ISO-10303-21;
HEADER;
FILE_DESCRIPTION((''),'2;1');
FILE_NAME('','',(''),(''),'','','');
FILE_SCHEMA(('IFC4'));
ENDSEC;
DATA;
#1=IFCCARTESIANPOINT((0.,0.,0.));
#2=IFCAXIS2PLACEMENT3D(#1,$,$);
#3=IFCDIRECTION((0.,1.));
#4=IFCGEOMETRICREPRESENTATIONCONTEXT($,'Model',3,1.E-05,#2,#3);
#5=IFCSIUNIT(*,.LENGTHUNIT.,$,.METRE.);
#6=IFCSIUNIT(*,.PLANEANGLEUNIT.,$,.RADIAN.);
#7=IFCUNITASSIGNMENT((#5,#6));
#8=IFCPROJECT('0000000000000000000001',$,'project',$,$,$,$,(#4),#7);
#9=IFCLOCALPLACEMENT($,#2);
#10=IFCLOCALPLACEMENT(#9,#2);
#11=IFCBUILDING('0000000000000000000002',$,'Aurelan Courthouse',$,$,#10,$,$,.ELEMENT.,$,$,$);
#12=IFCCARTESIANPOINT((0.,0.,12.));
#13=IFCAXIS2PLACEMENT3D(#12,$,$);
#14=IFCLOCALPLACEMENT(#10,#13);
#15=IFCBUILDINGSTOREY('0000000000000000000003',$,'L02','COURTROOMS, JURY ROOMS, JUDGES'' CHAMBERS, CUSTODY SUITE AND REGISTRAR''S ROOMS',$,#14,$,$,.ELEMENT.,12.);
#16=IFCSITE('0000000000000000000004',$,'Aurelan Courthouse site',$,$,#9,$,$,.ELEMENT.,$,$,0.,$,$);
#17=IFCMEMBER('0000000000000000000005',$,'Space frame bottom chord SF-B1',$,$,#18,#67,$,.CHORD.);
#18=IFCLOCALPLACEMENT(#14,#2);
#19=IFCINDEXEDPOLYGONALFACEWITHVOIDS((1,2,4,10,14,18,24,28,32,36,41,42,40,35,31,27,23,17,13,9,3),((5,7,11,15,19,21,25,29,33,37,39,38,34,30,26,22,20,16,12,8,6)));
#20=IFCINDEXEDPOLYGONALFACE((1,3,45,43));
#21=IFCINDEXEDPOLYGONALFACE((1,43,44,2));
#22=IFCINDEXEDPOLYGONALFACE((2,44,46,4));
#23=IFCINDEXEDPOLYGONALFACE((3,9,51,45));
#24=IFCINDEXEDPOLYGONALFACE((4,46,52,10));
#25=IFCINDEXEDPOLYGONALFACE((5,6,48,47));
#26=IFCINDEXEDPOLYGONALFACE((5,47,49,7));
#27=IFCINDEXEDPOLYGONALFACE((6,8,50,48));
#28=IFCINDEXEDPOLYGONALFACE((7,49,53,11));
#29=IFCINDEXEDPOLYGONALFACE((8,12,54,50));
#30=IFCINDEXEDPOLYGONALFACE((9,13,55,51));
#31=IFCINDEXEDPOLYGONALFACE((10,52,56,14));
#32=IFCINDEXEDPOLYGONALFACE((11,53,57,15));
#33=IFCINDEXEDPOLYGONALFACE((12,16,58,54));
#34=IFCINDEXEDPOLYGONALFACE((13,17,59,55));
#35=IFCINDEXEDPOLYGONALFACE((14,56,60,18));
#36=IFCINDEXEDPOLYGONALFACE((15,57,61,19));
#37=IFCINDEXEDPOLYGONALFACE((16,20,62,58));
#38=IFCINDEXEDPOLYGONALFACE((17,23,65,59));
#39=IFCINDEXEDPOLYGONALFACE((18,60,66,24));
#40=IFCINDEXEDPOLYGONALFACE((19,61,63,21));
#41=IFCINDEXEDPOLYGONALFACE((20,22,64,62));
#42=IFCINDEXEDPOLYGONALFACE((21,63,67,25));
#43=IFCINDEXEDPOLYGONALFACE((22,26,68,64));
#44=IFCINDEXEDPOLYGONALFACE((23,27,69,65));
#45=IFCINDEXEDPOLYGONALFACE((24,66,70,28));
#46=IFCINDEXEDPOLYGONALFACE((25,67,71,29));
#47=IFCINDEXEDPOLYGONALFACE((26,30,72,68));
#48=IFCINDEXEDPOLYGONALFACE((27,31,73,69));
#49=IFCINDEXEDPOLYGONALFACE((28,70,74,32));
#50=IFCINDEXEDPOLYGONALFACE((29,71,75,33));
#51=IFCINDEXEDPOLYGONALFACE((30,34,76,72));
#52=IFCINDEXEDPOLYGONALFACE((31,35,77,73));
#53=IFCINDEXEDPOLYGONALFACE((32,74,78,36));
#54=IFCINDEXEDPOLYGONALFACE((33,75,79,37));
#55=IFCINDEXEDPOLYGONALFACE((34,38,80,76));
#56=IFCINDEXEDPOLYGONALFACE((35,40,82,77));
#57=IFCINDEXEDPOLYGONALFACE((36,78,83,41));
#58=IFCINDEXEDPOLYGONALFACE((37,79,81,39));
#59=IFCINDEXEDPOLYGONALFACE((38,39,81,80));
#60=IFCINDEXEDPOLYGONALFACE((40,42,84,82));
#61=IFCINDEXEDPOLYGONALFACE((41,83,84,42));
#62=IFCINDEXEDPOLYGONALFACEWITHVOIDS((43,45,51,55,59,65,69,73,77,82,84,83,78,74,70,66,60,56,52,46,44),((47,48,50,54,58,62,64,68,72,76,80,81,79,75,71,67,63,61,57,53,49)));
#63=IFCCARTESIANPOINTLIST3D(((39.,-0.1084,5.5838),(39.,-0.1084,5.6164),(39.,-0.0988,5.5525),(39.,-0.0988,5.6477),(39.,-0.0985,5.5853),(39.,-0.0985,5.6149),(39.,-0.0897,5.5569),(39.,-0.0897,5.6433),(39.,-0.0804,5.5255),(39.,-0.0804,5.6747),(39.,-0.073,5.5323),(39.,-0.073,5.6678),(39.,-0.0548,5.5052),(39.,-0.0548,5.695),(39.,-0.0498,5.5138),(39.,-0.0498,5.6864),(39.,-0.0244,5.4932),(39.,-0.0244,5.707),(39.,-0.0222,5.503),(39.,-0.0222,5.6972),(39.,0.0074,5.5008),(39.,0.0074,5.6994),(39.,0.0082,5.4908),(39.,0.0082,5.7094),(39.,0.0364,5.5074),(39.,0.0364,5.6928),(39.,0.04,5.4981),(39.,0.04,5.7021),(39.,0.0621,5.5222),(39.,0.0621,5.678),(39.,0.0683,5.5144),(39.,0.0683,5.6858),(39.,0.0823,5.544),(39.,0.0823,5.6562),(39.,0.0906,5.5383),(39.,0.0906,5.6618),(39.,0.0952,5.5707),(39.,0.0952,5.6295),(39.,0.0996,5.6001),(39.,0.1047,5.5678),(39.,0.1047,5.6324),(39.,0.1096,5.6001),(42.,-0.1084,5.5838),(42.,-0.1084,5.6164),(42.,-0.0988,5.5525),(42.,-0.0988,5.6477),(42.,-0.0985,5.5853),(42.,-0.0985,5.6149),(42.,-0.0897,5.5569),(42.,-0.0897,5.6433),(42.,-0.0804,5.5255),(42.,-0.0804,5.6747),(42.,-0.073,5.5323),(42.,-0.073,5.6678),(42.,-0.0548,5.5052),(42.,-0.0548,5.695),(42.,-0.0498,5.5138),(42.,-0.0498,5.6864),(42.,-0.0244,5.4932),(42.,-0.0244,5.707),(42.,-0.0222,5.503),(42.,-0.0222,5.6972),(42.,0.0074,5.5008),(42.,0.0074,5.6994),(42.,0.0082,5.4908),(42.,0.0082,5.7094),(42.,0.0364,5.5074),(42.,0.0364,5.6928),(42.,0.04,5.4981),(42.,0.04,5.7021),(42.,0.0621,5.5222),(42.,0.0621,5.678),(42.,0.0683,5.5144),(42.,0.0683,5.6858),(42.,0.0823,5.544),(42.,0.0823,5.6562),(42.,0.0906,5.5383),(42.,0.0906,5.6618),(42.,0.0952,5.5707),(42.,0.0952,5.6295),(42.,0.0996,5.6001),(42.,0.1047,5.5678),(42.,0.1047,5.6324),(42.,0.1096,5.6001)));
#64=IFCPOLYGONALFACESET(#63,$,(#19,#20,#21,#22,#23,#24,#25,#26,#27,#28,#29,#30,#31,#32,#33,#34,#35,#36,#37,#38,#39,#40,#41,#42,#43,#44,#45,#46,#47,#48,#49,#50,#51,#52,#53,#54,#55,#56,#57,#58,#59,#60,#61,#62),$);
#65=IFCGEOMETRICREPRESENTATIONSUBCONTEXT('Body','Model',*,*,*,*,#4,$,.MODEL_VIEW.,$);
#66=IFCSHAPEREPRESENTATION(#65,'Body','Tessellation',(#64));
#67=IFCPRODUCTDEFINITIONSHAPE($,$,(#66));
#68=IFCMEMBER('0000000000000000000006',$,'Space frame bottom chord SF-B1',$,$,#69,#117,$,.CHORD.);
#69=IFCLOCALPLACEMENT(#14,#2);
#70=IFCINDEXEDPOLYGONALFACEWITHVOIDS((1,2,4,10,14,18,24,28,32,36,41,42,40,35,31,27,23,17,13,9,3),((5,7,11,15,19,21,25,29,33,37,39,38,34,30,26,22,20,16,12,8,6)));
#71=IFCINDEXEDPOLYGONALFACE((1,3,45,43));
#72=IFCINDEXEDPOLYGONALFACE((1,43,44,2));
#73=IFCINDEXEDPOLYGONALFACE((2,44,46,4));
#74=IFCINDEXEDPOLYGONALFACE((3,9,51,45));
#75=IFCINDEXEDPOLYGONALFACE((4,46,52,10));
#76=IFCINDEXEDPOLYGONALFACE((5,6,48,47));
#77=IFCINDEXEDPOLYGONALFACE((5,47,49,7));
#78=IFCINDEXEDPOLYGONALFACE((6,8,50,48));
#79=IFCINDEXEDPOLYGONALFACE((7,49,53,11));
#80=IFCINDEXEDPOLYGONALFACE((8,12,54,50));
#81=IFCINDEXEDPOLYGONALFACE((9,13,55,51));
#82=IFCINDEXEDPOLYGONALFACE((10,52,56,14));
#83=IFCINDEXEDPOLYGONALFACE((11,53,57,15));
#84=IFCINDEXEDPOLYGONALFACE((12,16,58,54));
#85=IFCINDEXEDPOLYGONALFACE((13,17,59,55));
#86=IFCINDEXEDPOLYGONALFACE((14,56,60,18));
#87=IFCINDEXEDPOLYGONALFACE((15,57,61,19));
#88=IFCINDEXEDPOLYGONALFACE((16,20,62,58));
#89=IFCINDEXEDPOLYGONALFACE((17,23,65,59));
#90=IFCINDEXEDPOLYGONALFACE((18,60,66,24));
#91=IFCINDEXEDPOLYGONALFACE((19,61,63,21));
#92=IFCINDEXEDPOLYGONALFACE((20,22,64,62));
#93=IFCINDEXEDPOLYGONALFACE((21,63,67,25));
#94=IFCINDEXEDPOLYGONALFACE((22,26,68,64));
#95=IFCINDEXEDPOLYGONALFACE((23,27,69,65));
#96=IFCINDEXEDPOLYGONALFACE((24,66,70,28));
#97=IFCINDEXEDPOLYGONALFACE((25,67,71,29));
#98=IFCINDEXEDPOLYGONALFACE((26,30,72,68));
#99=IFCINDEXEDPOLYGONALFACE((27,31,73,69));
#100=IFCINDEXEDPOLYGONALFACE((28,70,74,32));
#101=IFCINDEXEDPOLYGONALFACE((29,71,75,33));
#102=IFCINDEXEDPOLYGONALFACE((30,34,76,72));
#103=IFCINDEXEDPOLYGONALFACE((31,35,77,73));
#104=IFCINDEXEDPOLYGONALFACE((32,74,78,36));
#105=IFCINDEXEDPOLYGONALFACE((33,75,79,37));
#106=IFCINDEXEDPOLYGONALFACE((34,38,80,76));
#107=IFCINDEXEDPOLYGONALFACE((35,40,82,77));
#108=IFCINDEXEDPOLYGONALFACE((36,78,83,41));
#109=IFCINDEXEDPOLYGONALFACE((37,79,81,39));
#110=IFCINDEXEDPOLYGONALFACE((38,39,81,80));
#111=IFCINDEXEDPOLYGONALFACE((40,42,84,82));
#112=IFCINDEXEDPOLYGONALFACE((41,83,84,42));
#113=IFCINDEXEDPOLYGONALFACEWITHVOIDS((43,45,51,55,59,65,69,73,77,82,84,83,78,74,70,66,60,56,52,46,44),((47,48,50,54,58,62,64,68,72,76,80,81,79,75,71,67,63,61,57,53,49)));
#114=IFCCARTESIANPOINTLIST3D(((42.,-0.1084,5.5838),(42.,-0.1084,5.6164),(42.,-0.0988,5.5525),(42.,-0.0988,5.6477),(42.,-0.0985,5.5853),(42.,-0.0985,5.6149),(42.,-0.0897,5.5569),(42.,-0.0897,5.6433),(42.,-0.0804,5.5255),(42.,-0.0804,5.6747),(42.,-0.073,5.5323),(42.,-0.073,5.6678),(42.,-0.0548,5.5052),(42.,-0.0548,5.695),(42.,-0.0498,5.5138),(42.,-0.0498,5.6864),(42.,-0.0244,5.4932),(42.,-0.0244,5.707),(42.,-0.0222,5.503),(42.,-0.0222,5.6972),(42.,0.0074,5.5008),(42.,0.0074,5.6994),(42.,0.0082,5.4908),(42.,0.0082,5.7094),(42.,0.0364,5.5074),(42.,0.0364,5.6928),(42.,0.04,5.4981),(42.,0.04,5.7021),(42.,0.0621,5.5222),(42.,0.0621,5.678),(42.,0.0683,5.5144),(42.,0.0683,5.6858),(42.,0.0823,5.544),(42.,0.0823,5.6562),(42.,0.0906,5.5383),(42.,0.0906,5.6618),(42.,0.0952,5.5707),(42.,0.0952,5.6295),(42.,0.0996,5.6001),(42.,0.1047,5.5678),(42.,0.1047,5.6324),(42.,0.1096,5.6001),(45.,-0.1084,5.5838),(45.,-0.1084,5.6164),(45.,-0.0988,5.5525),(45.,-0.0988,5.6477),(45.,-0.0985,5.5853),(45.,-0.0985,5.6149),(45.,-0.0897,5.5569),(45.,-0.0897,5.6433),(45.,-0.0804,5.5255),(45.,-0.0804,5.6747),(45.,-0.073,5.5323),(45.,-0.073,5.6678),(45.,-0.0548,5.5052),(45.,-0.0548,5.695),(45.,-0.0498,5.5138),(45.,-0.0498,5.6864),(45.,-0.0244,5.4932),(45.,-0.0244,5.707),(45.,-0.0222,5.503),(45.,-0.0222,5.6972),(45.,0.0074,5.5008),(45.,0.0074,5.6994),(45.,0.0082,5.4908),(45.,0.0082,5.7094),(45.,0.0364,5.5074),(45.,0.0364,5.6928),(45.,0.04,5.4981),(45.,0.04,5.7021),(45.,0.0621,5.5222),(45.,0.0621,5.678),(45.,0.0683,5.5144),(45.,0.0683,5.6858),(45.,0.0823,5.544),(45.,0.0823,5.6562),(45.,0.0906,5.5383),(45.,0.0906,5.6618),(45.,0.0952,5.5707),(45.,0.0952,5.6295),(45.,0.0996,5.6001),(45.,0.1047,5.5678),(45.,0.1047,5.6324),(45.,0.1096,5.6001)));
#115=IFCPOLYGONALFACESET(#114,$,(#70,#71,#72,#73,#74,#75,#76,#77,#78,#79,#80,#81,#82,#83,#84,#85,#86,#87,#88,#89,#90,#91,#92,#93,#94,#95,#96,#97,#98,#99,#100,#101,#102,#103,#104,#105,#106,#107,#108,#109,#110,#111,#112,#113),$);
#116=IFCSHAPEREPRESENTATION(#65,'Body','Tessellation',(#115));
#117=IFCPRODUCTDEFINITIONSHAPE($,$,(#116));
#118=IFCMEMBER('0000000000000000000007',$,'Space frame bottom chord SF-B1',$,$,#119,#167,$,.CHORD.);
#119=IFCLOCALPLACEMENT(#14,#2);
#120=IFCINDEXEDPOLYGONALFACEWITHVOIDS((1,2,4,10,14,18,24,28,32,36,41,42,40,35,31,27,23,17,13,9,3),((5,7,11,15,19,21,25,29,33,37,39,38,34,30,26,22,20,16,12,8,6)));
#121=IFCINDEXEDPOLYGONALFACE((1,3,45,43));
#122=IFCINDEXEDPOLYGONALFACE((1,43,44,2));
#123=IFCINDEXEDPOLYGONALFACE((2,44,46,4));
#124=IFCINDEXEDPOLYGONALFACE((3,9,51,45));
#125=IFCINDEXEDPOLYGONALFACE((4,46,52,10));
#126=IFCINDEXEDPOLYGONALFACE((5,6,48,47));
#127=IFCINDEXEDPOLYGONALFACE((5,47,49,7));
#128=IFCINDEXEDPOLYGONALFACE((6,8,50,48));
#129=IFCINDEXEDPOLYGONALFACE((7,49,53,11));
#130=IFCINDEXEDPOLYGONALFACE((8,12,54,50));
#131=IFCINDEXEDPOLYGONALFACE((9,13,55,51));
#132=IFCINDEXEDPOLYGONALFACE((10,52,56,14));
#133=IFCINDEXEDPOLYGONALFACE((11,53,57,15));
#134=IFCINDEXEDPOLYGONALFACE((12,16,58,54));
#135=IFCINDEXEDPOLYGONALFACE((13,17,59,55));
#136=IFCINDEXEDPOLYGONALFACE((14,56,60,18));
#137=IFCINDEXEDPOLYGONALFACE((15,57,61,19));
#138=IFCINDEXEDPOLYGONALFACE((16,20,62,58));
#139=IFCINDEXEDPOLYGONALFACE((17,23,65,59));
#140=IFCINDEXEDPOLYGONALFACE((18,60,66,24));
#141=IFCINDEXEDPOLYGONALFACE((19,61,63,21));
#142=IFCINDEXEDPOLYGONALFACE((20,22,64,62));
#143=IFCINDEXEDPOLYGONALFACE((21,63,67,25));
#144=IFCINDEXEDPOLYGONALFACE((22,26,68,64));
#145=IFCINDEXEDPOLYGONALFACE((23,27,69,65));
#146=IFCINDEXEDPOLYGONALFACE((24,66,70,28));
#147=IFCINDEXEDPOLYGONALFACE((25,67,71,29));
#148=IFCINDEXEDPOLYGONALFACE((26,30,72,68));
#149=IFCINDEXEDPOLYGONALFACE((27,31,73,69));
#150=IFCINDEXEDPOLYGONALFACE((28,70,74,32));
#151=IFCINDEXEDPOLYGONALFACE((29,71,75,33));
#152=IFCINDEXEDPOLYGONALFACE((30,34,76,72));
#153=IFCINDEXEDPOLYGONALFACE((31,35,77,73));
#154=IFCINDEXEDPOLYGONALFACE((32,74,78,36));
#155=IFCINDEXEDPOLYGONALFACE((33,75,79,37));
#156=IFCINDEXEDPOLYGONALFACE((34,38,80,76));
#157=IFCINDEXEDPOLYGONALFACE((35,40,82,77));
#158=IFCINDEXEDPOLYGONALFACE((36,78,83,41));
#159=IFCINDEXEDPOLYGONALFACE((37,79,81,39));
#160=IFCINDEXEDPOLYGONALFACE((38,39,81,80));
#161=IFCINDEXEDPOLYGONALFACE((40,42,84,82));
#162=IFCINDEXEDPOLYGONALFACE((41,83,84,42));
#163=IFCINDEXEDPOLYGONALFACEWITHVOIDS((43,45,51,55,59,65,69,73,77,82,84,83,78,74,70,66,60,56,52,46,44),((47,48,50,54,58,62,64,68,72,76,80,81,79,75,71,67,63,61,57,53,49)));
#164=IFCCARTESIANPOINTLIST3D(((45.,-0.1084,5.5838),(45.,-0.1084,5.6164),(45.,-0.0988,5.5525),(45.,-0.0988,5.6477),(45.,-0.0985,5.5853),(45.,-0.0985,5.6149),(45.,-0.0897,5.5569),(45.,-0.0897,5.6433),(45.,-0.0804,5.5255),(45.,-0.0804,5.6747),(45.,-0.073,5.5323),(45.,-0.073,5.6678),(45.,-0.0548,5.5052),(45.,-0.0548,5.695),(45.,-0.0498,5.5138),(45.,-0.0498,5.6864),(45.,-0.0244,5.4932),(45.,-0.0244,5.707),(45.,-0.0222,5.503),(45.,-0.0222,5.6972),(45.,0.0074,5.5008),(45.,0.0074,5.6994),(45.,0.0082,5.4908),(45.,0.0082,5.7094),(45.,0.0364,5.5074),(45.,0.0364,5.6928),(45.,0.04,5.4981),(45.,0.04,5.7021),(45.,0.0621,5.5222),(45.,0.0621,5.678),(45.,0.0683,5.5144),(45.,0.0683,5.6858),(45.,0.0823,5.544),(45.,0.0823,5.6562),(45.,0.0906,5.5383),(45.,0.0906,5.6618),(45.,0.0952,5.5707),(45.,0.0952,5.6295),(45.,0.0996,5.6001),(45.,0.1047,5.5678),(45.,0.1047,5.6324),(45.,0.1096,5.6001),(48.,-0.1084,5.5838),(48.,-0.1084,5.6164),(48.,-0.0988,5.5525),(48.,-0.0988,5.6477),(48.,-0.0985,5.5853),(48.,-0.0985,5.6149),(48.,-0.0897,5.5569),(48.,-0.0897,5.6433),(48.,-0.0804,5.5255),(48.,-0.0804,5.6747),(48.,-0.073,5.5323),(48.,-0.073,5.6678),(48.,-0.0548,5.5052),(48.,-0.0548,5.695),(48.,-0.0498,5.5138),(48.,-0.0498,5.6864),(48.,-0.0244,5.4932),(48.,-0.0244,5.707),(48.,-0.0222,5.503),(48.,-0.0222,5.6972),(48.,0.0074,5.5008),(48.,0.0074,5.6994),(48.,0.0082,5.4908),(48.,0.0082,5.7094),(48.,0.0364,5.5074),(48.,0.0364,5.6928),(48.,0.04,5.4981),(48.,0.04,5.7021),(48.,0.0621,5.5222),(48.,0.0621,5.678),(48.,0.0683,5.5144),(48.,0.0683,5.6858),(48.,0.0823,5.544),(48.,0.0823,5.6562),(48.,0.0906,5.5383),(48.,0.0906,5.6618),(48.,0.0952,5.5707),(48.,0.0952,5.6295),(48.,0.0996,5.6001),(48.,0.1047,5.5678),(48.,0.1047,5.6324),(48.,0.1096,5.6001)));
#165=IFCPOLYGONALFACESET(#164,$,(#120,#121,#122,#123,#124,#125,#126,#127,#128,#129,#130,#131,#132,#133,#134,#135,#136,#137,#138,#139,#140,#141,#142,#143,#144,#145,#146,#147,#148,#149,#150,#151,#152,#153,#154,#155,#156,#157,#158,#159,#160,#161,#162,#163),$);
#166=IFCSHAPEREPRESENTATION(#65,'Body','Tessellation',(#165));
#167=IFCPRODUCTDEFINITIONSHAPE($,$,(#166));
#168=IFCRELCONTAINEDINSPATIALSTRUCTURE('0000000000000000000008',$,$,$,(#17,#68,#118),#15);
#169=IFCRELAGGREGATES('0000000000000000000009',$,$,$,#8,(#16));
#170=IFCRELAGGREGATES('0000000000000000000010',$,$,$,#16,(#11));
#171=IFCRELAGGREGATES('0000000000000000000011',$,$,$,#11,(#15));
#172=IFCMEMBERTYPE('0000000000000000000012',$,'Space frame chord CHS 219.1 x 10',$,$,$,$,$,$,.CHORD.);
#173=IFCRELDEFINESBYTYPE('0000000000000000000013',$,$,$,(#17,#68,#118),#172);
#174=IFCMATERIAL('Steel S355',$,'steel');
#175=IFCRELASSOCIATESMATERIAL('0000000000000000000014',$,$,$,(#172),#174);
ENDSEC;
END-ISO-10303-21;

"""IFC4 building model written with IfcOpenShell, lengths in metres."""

from ifc_helpers import new_model, si_unit, direction, frame, origin, origin_2d, place, context, subcontext, project, spatial, hollow_circle, extrude, material, material_profile, profile_set, type_object, element, save


model = new_model("IFC4")

# Units and contexts
model_context = context("Model", 3, precision=1e-05, world=origin(), true_north=direction((0.0, 1.0)))
body_context = subcontext(model_context, "Body", "Model", "MODEL_VIEW")
ifc_project = project(units=[si_unit("LENGTHUNIT", "METRE"), si_unit("PLANEANGLEUNIT", "RADIAN")], contexts=[model_context])

# Site, building, storey
site_placement = place(None, origin())
site = spatial("IfcSite", under=ifc_project, at=site_placement, Name="Aurelan Courthouse site", CompositionType="ELEMENT", RefElevation=0.0)
building_placement = place(site_placement, origin())
building = spatial("IfcBuilding", under=site, at=building_placement, Name="Aurelan Courthouse", CompositionType="ELEMENT")
storey_placement = place(building_placement, frame((0.0, 0.0, 12.0)))
storey = spatial("IfcBuildingStorey", under=building, at=storey_placement, Name="L02", Description="COURTROOMS, JURY ROOMS, JUDGES' CHAMBERS, CUSTODY SUITE AND REGISTRAR'S ROOMS", CompositionType="ELEMENT", Elevation=12.0)

# Members
ifc_material_1 = material(Name="Steel S355", Category="steel")
ifc_material_profile_1 = material_profile(ifc_material_1, hollow_circle(Radius=0.1096, WallThickness=0.01, at=origin_2d()), Name="CHS 219.1 x 10")
ifc_profile_set_1 = profile_set([ifc_material_profile_1], Name="Steel S355")
member_type_1 = type_object("IfcMemberType", Name="Space frame chord CHS 219.1 x 10", PredefinedType="CHORD", material=ifc_profile_set_1)
for number, where, z_axis, x_axis, name in (
    (1, (39.0, 0.0, 5.6001), (1.0, 0.0, 0.0), (0.0, 1.0, 0.0), "Space frame bottom chord SF-B1"),
    (2, (42.0, 0.0, 5.6001), (1.0, 0.0, 0.0), (0.0, 1.0, 0.0), "Space frame bottom chord SF-B1"),
    (3, (45.0, 0.0, 5.6001), (1.0, 0.0, 0.0), (0.0, 1.0, 0.0), "Space frame bottom chord SF-B1"),
):
    element("IfcMember", number, at=place(storey_placement, frame(where, z_axis=z_axis, x_axis=x_axis)), inside=storey, type_object=member_type_1, Name=name, PredefinedType="CHORD", context=body_context, shape_type="SweptSolid", body=[
        extrude(hollow_circle(Radius=0.1096, WallThickness=0.01, at=origin_2d()), origin(), (0.0, 0.0, 1.0), 3.0),
    ])

save(model, "model.ifc")
